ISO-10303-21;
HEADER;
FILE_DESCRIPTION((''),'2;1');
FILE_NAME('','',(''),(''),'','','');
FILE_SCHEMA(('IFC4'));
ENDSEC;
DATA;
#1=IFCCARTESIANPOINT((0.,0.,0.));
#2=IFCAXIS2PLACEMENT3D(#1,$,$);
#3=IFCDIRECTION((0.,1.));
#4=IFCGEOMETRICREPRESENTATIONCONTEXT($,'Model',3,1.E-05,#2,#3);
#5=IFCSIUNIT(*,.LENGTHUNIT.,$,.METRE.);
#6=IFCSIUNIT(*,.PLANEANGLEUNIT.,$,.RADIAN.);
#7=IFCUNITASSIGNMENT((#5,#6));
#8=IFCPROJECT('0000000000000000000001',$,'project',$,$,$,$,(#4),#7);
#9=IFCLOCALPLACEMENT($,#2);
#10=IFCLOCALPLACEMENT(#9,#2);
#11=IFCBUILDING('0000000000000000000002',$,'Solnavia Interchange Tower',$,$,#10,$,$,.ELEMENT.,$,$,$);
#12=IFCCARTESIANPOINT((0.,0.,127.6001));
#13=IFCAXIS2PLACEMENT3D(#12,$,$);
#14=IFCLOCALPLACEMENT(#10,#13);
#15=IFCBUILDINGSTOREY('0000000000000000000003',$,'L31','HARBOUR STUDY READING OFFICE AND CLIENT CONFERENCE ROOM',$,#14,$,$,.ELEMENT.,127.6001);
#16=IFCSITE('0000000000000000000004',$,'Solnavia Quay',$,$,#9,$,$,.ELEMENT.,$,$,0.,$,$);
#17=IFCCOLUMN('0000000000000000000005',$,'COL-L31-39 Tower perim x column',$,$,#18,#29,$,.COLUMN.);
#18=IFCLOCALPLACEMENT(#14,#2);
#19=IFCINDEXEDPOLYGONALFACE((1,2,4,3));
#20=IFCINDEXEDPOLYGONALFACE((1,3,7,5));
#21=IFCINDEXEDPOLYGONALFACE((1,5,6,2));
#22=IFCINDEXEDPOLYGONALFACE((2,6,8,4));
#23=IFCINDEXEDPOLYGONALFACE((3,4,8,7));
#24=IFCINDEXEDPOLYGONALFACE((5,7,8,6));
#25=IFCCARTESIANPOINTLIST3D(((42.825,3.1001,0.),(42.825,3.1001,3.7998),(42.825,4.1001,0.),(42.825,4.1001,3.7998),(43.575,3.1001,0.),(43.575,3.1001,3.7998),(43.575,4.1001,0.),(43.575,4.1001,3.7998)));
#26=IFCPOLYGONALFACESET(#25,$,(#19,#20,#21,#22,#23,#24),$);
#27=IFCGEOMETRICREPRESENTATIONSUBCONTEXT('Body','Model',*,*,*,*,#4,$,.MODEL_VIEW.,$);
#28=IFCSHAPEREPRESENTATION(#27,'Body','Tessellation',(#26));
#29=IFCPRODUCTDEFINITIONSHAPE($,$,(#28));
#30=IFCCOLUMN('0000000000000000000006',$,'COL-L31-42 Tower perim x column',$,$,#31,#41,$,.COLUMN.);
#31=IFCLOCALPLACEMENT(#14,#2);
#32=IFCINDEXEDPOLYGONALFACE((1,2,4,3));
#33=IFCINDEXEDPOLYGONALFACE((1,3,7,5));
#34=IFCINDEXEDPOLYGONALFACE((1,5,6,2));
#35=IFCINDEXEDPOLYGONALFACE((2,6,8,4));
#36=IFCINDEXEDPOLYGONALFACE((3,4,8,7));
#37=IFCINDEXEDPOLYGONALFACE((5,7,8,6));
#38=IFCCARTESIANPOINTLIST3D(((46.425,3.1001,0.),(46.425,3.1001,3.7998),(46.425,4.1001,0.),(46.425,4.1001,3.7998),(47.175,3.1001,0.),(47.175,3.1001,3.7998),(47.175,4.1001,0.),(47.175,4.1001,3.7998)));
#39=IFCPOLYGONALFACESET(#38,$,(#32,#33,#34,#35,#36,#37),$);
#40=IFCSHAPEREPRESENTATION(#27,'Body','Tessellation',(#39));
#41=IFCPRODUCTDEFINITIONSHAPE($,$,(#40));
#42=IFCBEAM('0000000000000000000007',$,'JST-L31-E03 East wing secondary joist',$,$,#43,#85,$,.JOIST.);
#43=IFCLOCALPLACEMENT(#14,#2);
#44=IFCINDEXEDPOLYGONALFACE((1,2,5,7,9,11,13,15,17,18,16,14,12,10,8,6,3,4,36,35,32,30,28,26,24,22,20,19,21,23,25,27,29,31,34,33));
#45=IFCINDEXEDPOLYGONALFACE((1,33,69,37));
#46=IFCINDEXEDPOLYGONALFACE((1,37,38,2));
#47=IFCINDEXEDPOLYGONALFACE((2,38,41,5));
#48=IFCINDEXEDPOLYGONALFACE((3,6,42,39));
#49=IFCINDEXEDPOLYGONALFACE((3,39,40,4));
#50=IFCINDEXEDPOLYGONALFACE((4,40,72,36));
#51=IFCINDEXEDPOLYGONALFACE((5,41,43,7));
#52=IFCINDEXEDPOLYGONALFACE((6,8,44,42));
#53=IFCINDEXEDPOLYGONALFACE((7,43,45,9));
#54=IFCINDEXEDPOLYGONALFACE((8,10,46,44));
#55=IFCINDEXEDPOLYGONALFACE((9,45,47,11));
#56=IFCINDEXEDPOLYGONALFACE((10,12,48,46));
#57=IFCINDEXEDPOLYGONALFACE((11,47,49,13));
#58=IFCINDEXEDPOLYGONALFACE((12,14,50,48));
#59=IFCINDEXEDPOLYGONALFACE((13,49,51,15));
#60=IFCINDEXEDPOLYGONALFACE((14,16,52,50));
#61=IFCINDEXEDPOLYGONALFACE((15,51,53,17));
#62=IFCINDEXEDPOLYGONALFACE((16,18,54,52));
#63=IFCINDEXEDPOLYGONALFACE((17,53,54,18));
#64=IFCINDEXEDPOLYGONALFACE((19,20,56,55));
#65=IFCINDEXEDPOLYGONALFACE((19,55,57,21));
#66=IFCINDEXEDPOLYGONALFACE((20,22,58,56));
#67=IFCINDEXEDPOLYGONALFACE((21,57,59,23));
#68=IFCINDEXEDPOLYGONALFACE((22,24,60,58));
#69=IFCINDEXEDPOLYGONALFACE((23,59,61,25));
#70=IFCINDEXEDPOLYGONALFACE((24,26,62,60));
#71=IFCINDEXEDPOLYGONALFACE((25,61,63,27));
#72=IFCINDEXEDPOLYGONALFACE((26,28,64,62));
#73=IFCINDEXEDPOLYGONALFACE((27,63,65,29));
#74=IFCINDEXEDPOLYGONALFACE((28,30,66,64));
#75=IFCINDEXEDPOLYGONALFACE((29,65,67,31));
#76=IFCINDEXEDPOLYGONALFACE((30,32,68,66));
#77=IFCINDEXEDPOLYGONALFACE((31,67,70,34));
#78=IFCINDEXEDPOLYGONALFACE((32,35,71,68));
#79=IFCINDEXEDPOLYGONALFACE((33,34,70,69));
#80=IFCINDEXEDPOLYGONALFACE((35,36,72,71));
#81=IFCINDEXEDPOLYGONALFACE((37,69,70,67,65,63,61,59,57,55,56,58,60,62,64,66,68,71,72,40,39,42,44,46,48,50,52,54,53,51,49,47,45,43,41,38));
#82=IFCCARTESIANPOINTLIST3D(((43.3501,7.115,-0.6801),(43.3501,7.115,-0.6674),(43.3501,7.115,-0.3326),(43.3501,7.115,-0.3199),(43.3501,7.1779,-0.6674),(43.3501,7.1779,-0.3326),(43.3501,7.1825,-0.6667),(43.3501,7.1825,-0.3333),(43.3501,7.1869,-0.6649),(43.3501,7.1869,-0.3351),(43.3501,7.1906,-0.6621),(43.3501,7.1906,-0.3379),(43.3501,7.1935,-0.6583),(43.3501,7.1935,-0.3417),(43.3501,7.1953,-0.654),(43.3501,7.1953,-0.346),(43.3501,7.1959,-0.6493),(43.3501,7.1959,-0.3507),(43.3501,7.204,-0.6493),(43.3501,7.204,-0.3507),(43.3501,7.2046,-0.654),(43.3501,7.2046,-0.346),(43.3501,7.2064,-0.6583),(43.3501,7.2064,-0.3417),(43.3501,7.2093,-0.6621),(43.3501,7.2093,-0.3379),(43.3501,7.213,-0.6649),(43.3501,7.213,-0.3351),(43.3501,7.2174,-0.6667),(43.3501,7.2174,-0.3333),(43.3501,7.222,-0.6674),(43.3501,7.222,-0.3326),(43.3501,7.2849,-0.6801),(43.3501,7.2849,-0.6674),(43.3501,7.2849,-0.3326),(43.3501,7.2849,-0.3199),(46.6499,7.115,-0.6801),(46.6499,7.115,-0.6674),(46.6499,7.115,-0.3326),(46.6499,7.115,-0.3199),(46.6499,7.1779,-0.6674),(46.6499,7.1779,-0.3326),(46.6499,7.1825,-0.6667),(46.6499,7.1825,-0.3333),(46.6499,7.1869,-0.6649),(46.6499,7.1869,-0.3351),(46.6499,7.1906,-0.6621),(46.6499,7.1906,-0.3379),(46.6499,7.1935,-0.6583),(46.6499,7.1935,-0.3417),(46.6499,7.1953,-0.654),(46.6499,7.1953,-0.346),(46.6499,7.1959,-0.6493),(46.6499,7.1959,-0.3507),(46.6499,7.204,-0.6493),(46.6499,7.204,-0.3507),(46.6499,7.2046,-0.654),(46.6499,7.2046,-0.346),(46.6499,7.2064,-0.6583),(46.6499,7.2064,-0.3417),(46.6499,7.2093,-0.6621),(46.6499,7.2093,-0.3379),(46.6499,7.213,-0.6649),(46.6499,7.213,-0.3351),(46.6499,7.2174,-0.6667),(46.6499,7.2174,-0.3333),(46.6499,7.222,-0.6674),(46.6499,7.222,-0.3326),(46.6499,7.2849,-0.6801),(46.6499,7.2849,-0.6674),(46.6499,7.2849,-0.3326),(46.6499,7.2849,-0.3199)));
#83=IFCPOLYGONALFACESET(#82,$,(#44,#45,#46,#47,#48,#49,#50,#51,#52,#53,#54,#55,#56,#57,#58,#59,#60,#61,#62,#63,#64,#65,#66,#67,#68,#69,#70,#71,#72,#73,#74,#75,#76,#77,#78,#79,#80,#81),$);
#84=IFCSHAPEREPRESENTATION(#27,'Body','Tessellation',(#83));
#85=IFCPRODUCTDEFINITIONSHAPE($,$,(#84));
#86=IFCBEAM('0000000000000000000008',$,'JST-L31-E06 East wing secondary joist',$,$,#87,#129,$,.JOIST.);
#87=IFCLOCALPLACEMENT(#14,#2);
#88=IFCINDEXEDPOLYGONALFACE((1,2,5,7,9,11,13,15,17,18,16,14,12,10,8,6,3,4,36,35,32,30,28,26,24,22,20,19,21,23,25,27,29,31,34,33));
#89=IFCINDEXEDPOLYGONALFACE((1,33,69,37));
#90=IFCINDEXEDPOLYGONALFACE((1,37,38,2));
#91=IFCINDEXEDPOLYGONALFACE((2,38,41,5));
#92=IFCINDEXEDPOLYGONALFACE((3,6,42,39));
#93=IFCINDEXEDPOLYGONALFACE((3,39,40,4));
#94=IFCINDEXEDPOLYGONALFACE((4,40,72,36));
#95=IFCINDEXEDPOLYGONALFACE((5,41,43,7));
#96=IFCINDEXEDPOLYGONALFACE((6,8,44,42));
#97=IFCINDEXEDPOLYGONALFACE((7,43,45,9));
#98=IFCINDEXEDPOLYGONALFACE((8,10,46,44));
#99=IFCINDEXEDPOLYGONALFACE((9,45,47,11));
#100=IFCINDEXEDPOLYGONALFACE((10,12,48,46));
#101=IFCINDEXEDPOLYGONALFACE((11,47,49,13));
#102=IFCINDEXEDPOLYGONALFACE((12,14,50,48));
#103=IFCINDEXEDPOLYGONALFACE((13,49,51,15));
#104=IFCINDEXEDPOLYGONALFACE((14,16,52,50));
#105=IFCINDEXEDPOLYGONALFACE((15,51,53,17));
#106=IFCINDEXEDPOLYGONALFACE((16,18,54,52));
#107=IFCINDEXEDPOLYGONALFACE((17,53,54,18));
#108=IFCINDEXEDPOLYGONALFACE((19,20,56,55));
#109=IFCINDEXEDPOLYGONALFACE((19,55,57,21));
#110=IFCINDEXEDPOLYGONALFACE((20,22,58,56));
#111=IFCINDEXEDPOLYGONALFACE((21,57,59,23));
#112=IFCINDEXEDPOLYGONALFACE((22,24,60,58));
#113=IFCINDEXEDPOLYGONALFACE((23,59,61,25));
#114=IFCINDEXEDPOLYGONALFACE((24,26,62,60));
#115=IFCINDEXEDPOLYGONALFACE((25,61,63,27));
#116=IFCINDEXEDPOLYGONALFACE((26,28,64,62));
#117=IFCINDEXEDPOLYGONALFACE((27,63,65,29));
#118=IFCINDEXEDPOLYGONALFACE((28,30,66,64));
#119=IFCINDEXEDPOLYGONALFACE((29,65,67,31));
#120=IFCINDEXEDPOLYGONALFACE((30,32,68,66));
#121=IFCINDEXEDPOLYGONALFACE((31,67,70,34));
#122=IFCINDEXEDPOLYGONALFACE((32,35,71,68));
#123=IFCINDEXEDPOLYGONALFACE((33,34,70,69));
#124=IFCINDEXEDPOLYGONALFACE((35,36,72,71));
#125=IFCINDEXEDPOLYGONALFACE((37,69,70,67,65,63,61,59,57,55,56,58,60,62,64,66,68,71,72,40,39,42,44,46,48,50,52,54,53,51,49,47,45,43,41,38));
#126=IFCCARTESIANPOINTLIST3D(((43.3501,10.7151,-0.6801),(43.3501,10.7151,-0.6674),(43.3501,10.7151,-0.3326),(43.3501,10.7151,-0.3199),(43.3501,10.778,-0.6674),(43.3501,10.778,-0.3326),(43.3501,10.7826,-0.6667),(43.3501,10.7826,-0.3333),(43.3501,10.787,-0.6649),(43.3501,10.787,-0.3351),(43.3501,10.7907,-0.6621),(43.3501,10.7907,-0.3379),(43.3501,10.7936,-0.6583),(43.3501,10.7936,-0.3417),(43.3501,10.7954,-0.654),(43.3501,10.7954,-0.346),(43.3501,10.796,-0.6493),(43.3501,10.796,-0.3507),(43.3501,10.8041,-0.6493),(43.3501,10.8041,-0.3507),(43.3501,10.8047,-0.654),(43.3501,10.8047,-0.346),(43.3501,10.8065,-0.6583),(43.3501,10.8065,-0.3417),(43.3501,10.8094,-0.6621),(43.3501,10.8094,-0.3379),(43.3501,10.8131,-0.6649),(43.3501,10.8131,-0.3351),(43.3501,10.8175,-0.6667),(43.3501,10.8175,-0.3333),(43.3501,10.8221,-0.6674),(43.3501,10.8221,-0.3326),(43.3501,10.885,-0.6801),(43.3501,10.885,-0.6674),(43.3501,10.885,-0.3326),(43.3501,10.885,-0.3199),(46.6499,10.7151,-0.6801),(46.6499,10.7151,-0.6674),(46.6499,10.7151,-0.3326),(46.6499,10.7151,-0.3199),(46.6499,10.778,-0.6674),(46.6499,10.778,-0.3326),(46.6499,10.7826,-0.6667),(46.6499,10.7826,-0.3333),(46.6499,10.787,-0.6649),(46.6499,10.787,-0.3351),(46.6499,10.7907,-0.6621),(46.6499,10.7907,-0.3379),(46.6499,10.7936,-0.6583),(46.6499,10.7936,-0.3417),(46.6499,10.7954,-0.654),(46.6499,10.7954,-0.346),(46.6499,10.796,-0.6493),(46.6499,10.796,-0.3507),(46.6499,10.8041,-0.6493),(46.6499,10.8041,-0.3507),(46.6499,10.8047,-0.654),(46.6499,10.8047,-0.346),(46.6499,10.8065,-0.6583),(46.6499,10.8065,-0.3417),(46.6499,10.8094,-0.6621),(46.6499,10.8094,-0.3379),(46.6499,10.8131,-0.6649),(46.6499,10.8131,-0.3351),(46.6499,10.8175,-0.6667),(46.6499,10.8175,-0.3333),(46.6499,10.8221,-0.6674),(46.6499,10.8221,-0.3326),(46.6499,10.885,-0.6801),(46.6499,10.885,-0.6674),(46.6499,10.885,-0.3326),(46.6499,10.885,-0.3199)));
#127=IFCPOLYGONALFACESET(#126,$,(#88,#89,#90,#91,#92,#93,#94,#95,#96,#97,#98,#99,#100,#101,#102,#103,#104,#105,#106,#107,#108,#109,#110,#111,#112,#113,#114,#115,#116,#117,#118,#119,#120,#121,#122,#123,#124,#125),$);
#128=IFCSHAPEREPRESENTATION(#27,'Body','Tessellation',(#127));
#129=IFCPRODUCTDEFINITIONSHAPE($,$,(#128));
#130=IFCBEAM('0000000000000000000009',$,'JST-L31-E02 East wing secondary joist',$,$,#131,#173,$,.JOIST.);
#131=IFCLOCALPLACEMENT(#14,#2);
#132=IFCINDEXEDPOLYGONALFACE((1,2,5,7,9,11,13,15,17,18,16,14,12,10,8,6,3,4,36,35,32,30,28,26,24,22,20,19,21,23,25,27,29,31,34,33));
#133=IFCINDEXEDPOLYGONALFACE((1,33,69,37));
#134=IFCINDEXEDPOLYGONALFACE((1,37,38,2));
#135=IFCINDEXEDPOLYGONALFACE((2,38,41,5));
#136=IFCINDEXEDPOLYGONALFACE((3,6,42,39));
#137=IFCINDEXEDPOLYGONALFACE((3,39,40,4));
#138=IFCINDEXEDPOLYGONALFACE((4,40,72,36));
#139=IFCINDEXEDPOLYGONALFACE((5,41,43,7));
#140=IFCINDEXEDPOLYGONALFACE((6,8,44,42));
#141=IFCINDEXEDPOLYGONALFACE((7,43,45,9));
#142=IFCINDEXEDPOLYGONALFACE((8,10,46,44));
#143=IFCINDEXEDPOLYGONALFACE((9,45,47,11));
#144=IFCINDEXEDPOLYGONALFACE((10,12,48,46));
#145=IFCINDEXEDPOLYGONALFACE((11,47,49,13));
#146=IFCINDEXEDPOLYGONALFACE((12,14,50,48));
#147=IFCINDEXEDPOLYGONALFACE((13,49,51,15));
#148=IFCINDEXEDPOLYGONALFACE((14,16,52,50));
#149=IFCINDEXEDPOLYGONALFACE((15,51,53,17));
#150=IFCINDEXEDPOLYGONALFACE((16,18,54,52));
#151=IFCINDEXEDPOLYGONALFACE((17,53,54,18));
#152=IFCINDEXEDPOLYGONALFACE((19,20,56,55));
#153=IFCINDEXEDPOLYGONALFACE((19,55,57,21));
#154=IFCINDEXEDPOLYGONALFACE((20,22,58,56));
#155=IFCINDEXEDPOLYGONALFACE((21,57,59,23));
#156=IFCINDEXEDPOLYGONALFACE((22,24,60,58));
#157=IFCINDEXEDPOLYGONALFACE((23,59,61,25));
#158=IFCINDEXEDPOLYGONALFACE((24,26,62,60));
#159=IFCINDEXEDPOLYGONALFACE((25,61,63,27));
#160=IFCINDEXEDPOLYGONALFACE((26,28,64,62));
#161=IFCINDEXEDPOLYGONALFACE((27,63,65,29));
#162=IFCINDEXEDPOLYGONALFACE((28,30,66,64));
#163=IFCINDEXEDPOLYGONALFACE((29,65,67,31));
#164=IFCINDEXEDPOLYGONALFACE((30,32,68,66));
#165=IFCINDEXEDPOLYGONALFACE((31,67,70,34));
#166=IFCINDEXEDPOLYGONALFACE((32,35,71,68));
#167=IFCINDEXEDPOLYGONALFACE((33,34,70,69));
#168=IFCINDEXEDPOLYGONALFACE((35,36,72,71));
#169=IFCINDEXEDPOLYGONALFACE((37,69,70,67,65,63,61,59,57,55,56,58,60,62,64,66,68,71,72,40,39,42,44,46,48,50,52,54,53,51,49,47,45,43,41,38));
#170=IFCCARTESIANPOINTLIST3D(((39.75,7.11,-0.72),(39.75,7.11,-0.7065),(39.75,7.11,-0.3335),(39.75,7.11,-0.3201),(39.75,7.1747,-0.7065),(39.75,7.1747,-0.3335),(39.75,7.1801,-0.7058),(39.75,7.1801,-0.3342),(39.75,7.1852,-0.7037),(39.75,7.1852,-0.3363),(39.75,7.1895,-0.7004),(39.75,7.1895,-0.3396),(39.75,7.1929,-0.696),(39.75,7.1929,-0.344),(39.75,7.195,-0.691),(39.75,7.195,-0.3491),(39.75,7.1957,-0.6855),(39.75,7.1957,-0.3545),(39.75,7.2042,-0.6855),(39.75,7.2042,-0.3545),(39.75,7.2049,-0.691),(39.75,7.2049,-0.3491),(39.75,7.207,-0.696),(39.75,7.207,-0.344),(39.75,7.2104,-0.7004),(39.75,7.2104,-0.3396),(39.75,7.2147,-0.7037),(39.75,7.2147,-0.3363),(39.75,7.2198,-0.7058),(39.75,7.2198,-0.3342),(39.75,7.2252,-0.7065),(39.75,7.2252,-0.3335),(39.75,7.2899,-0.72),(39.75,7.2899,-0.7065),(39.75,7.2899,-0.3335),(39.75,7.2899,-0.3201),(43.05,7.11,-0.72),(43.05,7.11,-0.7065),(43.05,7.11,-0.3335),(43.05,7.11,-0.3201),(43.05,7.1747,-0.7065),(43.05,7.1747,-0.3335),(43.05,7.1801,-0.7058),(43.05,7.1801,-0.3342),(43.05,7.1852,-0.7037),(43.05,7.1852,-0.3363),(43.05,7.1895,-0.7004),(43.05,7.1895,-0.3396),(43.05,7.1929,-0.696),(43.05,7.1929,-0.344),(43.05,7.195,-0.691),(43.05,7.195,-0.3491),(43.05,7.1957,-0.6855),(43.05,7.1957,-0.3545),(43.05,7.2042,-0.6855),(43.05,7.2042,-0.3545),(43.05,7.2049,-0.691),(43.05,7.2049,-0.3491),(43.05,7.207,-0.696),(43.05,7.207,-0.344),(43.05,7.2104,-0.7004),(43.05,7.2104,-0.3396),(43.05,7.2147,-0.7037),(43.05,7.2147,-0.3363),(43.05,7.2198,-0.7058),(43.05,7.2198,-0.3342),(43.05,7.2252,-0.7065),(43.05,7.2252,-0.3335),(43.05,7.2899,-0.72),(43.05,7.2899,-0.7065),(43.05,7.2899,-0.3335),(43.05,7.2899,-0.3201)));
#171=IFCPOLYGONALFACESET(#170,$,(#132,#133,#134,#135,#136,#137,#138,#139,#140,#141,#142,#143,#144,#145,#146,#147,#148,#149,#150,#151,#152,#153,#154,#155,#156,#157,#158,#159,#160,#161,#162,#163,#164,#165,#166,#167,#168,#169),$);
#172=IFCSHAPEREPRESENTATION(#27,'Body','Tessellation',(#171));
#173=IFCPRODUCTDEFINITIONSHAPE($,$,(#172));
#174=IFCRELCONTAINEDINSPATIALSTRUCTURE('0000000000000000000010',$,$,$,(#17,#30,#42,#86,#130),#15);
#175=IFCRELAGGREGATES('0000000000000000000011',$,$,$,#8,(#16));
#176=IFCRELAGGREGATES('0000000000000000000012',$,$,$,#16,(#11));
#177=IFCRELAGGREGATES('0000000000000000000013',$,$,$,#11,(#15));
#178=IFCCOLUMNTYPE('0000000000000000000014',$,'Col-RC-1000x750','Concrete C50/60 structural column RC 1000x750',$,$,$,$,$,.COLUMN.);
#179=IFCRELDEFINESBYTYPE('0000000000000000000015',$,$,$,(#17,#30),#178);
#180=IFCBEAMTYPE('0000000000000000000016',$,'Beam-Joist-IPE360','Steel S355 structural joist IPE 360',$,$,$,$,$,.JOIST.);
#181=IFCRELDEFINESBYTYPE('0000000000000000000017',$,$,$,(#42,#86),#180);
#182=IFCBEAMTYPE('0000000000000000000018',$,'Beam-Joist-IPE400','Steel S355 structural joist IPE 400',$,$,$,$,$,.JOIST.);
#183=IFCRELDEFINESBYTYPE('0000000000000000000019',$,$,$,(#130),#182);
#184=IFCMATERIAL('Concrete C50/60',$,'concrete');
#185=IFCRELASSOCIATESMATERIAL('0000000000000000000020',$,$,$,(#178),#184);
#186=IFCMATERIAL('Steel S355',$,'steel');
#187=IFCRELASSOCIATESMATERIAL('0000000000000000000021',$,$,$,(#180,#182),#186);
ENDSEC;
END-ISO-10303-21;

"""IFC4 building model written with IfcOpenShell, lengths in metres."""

from ifc_helpers import new_model, si_unit, direction, frame, origin, origin_2d, place, context, subcontext, project, spatial, rectangle, i_section, extrude, material, material_profile, profile_set, type_object, element, save


model = new_model("IFC4")

# Units and contexts
model_context = context("Model", 3, precision=1e-05, world=origin(), true_north=direction((0.0, 1.0)))
body_context = subcontext(model_context, "Body", "Model", "MODEL_VIEW")
ifc_project = project(units=[si_unit("LENGTHUNIT", "METRE"), si_unit("PLANEANGLEUNIT", "RADIAN")], contexts=[model_context])

# Site, building, storey
site_placement = place(None, origin())
site = spatial("IfcSite", under=ifc_project, at=site_placement, Name="Solnavia Quay", CompositionType="ELEMENT", RefElevation=0.0)
building_placement = place(site_placement, origin())
building = spatial("IfcBuilding", under=site, at=building_placement, Name="Solnavia Interchange Tower", CompositionType="ELEMENT")
storey_placement = place(building_placement, frame((0.0, 0.0, 127.6001)))
storey = spatial("IfcBuildingStorey", under=building, at=storey_placement, Name="L31", Description="HARBOUR STUDY READING OFFICE AND CLIENT CONFERENCE ROOM", CompositionType="ELEMENT", Elevation=127.6001)

# Columns
ifc_material_1 = material(Name="Concrete C50/60", Category="concrete")
ifc_material_profile_1 = material_profile(ifc_material_1, rectangle(XDim=0.75, YDim=1.0, at=origin_2d()), Name="RC 1000x750")
ifc_profile_set_1 = profile_set([ifc_material_profile_1], Name="Concrete C50/60")
column_type = type_object("IfcColumnType", Name="Col-RC-1000x750", Description="Concrete C50/60 structural column RC 1000x750", PredefinedType="COLUMN", material=ifc_profile_set_1)
for number, where, z_axis, x_axis, name in (
    (1, (43.2, 3.6001, 0.0), (0.0, 0.0, 1.0), (1.0, 0.0, 0.0), "COL-L31-39 Tower perim x column"),
    (2, (46.8, 3.6001, 0.0), (0.0, 0.0, 1.0), (1.0, 0.0, 0.0), "COL-L31-42 Tower perim x column"),
):
    element("IfcColumn", number, at=place(storey_placement, frame(where, z_axis=z_axis, x_axis=x_axis)), inside=storey, type_object=column_type, Name=name, PredefinedType="COLUMN", context=body_context, shape_type="SweptSolid", body=[
        extrude(rectangle(XDim=0.75, YDim=1.0, at=origin_2d()), origin(), (0.0, 0.0, 1.0), 3.7998),
    ])

# Beams
ifc_material_2 = material(Name="Steel S355", Category="steel")
ifc_material_profile_2 = material_profile(ifc_material_2, i_section(OverallWidth=0.1699, OverallDepth=0.3601, WebThickness=0.0081, FlangeThickness=0.0127, FilletRadius=0.0181, at=origin_2d()), Name="IPE 360")
ifc_profile_set_2 = profile_set([ifc_material_profile_2], Name="Steel S355")
beam_type_1 = type_object("IfcBeamType", Name="Beam-Joist-IPE360", Description="Steel S355 structural joist IPE 360", PredefinedType="JOIST", material=ifc_profile_set_2)
for number, where, z_axis, x_axis, name in (
    (3, (43.3501, 7.2, -0.5), (1.0, 0.0, 0.0), (0.0, 1.0, 0.0), "JST-L31-E03 East wing secondary joist"),
    (4, (43.3501, 10.8, -0.5), (1.0, 0.0, 0.0), (0.0, 1.0, 0.0), "JST-L31-E06 East wing secondary joist"),
):
    element("IfcBeam", number, at=place(storey_placement, frame(where, z_axis=z_axis, x_axis=x_axis)), inside=storey, type_object=beam_type_1, Name=name, PredefinedType="JOIST", context=body_context, shape_type="SweptSolid", body=[
        extrude(i_section(OverallWidth=0.1699, OverallDepth=0.3601, WebThickness=0.0081, FlangeThickness=0.0127, FilletRadius=0.0181, at=origin_2d()), origin(), (0.0, 0.0, 1.0), 3.2998),
    ])
ifc_material_profile_3 = material_profile(ifc_material_2, i_section(OverallWidth=0.1799, OverallDepth=0.3999, WebThickness=0.0085, FlangeThickness=0.0134, FilletRadius=0.021, at=origin_2d()), Name="IPE 400")
ifc_profile_set_3 = profile_set([ifc_material_profile_3], Name="Steel S355")
beam_type_2 = type_object("IfcBeamType", Name="Beam-Joist-IPE400", Description="Steel S355 structural joist IPE 400", PredefinedType="JOIST", material=ifc_profile_set_3)
for number, where, z_axis, x_axis, name in (
    (5, (39.75, 7.2, -0.52), (1.0, 0.0, 0.0), (0.0, 1.0, 0.0), "JST-L31-E02 East wing secondary joist"),
):
    element("IfcBeam", number, at=place(storey_placement, frame(where, z_axis=z_axis, x_axis=x_axis)), inside=storey, type_object=beam_type_2, Name=name, PredefinedType="JOIST", context=body_context, shape_type="SweptSolid", body=[
        extrude(i_section(OverallWidth=0.1799, OverallDepth=0.3999, WebThickness=0.0085, FlangeThickness=0.0134, FilletRadius=0.021, at=origin_2d()), origin(), (0.0, 0.0, 1.0), 3.3),
    ])

save(model, "model.ifc")
